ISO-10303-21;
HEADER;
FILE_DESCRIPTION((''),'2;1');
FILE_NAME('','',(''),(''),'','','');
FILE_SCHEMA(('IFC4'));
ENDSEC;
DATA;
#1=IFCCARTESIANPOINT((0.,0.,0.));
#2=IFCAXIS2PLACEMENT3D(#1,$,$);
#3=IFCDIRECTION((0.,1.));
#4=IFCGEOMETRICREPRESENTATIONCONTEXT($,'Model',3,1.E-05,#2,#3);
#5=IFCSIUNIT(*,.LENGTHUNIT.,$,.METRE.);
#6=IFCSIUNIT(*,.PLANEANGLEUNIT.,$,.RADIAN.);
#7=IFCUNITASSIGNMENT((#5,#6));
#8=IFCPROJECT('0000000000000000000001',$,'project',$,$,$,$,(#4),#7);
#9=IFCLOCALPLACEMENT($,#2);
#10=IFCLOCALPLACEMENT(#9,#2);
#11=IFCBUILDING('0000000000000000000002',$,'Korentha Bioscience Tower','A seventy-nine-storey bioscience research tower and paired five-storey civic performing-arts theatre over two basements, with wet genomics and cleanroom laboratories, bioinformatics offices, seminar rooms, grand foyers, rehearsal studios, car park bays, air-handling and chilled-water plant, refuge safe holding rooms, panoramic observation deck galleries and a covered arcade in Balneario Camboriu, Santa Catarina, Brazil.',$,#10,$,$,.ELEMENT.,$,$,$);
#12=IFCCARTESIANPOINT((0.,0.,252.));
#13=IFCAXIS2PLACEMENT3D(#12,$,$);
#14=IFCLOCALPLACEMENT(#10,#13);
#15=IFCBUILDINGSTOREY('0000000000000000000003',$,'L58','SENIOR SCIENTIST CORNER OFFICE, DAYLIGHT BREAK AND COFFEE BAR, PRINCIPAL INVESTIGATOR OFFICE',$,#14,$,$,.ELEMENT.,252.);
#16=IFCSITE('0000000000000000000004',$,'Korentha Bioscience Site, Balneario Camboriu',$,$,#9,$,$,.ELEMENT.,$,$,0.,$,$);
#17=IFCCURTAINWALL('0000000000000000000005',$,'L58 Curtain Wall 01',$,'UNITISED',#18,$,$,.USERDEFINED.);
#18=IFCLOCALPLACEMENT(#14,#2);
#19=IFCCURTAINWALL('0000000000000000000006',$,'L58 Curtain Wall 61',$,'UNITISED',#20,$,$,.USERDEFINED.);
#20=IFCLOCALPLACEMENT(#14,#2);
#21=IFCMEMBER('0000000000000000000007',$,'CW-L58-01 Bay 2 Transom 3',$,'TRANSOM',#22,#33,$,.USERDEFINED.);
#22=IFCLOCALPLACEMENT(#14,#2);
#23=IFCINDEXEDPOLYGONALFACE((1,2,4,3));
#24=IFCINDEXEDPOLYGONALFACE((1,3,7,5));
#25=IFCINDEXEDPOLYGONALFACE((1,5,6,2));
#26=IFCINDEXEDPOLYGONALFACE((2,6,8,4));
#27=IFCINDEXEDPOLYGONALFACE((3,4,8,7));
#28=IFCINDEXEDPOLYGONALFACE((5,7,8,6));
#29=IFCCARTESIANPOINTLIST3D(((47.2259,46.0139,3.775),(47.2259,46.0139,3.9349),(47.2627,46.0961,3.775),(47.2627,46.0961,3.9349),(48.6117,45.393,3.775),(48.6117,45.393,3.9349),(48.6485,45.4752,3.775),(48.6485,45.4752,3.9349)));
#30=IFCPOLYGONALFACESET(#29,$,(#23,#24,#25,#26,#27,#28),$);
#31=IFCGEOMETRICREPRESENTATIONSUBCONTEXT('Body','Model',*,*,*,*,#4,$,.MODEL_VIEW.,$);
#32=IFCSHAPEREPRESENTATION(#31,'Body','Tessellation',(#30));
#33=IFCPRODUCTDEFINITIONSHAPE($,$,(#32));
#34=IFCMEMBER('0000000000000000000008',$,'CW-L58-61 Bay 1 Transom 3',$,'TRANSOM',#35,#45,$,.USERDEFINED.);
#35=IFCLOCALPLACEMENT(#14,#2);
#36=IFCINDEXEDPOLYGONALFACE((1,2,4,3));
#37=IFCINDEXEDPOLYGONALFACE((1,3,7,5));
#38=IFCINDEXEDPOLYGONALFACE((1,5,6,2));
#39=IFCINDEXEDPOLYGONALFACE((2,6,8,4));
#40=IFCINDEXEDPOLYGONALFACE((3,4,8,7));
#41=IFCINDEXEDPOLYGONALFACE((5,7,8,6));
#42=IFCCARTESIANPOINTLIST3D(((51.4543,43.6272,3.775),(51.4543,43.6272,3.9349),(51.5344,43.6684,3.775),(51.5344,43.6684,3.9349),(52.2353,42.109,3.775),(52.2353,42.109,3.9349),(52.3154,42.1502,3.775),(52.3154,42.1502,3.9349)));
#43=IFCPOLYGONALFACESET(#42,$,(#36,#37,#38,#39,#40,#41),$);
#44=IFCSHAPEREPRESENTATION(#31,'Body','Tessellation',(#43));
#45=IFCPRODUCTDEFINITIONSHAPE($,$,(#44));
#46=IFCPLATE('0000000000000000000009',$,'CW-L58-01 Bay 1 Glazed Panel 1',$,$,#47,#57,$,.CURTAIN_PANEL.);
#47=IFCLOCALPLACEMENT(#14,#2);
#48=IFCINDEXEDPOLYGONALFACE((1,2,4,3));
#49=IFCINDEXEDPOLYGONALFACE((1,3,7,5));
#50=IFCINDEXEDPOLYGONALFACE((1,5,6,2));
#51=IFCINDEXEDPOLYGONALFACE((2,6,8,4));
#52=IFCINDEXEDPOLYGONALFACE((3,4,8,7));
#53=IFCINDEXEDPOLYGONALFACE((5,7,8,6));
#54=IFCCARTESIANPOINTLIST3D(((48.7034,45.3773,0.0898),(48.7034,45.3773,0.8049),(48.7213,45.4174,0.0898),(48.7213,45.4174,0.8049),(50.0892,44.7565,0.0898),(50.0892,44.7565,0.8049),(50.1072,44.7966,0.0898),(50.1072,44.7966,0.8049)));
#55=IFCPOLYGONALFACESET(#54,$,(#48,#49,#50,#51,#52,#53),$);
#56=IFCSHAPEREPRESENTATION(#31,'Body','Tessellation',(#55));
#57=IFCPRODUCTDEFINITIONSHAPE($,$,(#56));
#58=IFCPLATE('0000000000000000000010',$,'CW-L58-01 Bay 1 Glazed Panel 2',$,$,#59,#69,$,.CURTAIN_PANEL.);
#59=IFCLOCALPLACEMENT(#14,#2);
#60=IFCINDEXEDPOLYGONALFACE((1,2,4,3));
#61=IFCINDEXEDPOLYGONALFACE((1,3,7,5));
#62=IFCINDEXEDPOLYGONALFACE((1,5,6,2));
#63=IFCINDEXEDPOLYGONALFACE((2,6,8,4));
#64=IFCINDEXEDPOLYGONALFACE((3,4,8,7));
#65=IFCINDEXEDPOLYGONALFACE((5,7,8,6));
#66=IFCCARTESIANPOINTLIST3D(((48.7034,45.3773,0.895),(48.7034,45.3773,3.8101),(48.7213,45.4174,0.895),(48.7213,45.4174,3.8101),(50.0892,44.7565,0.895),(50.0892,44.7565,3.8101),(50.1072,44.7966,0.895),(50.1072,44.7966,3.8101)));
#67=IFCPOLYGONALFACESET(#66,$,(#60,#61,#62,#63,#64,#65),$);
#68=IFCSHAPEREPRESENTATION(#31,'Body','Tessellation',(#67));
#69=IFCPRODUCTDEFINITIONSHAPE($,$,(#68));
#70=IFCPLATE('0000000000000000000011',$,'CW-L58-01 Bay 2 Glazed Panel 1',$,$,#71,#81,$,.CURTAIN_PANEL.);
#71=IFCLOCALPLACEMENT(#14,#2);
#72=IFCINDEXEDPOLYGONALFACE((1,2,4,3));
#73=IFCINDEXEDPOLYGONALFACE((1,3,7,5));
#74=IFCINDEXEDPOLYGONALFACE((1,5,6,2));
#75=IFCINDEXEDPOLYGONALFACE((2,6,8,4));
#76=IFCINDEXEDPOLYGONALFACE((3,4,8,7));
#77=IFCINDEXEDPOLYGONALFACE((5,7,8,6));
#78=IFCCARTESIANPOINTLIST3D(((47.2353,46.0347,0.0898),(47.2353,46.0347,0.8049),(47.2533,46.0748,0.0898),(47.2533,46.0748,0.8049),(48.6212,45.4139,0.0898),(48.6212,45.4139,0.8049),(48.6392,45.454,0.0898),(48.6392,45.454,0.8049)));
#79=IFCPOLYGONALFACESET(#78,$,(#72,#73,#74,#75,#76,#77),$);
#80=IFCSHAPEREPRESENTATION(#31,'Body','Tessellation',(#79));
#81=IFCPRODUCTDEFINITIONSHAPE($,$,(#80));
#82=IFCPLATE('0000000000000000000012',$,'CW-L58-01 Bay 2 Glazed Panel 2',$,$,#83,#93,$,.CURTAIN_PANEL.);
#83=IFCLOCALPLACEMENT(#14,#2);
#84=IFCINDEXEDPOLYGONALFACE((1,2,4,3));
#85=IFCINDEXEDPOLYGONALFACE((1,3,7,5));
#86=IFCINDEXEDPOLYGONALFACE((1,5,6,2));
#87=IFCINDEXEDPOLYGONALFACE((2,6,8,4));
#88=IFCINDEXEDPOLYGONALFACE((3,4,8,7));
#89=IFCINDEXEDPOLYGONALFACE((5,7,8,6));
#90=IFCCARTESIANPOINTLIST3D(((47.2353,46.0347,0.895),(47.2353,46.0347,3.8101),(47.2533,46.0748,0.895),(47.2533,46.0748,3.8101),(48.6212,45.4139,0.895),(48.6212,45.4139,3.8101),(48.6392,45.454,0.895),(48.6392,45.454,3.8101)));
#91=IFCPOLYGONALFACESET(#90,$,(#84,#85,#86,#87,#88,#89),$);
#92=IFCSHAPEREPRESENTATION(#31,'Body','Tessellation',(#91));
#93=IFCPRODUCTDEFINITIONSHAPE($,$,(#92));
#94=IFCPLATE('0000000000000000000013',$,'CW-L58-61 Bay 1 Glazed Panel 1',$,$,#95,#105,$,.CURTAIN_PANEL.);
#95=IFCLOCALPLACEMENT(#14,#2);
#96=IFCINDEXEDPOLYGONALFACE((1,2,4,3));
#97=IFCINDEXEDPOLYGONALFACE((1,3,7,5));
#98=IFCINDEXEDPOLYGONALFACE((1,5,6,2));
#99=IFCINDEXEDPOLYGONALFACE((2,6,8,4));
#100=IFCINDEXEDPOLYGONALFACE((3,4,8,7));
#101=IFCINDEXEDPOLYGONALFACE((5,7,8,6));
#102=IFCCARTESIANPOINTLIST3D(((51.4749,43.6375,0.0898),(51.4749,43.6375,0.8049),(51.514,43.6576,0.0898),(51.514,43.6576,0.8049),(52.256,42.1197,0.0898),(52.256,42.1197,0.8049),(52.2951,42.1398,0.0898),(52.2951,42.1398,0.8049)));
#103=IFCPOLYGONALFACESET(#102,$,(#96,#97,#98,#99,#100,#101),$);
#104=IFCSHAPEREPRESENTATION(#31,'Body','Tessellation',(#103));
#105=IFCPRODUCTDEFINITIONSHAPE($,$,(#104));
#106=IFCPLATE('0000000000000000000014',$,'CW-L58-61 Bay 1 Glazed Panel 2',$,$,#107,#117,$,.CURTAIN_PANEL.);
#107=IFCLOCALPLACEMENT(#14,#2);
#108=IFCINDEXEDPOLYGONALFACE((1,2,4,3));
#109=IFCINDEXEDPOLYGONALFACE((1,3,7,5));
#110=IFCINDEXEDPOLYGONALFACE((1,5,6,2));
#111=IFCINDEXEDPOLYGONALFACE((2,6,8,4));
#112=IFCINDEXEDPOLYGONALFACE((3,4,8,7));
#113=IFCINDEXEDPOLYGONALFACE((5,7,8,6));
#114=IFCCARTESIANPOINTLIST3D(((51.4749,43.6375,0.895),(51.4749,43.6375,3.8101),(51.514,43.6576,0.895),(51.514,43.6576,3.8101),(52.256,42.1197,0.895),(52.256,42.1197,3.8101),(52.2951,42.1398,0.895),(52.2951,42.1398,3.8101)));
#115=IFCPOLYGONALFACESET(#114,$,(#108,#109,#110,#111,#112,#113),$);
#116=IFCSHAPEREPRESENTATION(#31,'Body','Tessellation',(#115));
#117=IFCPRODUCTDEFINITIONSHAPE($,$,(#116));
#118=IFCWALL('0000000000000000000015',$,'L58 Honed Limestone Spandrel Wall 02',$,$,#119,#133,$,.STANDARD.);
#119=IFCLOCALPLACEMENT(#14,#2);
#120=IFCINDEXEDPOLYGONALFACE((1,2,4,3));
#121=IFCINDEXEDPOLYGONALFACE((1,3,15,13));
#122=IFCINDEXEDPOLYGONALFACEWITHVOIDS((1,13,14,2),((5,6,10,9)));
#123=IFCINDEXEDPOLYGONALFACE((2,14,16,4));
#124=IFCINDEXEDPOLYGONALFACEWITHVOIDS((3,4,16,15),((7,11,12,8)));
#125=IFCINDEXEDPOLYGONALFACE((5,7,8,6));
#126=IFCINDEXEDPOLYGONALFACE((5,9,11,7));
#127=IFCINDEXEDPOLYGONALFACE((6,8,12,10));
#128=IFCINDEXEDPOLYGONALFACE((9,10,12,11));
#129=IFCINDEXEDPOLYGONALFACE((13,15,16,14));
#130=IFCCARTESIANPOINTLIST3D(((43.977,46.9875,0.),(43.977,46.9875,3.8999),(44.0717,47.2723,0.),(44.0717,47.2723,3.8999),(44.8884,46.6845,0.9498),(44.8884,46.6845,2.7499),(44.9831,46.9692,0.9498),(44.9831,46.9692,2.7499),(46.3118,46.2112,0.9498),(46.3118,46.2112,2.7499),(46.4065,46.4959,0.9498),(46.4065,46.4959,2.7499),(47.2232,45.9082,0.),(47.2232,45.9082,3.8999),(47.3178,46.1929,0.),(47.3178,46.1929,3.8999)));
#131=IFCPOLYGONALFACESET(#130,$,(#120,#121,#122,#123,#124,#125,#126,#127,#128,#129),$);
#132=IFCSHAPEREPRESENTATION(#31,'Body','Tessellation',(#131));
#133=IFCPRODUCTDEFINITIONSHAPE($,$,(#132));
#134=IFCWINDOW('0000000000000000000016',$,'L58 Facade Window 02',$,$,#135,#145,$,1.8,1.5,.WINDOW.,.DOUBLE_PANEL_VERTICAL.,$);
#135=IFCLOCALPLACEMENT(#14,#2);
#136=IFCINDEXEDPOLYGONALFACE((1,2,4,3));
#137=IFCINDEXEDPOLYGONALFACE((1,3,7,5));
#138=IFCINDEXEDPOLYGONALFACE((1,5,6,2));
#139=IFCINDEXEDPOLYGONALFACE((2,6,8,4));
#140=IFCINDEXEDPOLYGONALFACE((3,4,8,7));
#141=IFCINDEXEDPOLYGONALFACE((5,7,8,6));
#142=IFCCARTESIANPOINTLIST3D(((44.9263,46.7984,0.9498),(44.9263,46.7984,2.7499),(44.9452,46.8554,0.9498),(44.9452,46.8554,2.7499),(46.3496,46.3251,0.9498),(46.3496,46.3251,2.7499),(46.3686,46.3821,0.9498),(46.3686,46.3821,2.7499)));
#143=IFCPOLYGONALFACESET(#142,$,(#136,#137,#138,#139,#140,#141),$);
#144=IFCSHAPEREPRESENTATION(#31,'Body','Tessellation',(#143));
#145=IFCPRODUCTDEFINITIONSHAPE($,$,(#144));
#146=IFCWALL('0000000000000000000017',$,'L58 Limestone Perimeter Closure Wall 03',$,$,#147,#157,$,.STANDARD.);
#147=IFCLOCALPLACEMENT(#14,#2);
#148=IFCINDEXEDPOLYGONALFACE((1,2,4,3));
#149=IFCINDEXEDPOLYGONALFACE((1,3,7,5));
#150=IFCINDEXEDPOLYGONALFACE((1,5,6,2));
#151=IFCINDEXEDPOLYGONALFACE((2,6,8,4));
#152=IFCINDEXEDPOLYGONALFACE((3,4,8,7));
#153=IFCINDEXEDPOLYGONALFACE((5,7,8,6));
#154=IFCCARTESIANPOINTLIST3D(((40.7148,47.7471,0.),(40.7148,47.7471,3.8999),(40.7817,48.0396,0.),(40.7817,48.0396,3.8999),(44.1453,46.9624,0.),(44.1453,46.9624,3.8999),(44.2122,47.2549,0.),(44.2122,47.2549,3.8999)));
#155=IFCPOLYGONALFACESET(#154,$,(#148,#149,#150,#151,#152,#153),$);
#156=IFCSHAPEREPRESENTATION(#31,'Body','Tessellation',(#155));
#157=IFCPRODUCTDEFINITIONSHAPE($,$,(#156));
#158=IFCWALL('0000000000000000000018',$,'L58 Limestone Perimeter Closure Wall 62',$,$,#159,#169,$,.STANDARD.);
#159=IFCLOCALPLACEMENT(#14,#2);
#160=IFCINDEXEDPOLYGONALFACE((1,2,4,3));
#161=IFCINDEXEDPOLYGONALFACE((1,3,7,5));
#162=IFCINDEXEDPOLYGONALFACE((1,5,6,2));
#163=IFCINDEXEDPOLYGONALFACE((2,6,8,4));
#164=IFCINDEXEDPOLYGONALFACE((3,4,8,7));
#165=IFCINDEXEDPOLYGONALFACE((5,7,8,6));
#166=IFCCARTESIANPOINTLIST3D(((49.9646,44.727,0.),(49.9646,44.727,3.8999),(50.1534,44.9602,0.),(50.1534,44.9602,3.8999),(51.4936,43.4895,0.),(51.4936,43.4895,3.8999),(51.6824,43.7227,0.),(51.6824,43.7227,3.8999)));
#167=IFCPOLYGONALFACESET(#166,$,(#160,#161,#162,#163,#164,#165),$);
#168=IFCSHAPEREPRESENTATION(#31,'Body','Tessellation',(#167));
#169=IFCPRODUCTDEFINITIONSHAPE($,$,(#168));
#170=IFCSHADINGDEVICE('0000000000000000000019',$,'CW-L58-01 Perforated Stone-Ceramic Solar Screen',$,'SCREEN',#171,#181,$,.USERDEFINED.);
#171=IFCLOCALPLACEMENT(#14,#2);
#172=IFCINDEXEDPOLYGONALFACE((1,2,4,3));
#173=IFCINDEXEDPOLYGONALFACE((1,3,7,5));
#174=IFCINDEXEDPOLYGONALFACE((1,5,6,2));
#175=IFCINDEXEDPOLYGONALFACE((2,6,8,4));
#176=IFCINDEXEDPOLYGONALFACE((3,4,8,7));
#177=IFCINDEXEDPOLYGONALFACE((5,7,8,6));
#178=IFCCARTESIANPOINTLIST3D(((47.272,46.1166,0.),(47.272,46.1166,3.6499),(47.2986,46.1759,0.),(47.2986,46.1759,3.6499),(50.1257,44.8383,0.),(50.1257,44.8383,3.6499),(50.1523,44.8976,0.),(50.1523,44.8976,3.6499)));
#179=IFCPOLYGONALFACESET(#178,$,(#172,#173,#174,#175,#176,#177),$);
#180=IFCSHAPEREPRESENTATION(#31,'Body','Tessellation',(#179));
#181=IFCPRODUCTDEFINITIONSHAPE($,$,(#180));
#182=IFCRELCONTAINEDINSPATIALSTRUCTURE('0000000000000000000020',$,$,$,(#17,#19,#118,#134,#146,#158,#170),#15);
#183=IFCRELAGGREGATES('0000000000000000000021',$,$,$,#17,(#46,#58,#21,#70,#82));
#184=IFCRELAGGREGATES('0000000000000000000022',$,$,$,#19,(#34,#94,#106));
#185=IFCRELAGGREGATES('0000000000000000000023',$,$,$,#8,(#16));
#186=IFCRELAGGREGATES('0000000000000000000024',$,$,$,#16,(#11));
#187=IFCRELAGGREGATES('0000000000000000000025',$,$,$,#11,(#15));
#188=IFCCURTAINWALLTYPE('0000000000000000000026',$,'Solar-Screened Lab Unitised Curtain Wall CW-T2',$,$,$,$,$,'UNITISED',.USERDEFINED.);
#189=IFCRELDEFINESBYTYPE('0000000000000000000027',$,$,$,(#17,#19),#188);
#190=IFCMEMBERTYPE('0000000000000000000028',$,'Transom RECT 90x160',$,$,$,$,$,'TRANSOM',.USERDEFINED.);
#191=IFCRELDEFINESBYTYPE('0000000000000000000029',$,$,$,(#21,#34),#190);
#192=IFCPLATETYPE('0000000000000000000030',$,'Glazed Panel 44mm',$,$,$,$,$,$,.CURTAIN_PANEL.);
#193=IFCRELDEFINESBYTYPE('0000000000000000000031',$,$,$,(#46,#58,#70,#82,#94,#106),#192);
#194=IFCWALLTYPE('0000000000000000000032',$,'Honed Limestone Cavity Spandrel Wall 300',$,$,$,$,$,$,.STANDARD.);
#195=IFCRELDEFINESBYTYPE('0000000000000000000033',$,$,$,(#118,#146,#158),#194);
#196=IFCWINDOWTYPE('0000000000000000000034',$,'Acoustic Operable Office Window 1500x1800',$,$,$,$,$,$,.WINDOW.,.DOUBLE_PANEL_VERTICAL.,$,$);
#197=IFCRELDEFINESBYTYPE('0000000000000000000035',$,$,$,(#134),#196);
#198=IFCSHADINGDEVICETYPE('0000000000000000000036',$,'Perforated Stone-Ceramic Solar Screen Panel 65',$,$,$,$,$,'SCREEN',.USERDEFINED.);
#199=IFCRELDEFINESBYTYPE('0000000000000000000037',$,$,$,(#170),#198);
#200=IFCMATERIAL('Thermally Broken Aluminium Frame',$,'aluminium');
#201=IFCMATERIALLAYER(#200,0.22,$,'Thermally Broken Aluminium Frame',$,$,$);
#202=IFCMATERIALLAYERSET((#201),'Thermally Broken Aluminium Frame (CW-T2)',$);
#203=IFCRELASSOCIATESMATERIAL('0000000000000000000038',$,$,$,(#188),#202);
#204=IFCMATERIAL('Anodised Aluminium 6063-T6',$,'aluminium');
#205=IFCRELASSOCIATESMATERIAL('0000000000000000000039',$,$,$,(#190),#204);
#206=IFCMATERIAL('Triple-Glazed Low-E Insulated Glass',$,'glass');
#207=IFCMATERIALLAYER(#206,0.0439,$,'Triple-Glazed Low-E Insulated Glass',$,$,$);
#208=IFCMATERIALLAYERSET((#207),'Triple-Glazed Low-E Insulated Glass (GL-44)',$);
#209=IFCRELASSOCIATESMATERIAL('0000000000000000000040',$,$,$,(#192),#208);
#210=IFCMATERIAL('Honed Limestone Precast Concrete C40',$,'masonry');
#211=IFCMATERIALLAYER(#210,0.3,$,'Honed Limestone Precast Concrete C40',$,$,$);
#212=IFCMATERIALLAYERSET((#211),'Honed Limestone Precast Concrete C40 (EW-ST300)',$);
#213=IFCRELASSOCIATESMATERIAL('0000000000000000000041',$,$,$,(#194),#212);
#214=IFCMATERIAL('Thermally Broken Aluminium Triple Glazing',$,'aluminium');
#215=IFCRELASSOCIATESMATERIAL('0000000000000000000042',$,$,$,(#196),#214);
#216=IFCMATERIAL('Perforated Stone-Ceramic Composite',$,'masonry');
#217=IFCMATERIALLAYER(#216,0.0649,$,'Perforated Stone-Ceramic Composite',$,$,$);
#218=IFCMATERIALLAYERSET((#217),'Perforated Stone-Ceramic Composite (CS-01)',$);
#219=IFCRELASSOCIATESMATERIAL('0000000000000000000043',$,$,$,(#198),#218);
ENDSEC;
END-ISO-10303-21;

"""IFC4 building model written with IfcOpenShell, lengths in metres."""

from ifc_helpers import new_model, si_unit, direction, frame, frame_2d, origin, origin_2d, place, context, subcontext, project, spatial, rectangle, extrude, material, layer, layer_set, material_profile, profile_set, type_object, element, fill, aggregate, save


model = new_model("IFC4")

# Units and contexts
model_context = context("Model", 3, precision=1e-05, world=origin(), true_north=direction((0.0, 1.0)))
body_context = subcontext(model_context, "Body", "Model", "MODEL_VIEW")
ifc_project = project(units=[si_unit("LENGTHUNIT", "METRE"), si_unit("PLANEANGLEUNIT", "RADIAN")], contexts=[model_context])

# Site, building, storey
site_placement = place(None, origin())
site = spatial("IfcSite", under=ifc_project, at=site_placement, Name="Korentha Bioscience Site, Balneario Camboriu", CompositionType="ELEMENT", RefElevation=0.0)
building_placement = place(site_placement, origin())
building = spatial("IfcBuilding", under=site, at=building_placement, Name="Korentha Bioscience Tower", Description="A seventy-nine-storey bioscience research tower and paired five-storey civic performing-arts theatre over two basements, with wet genomics and cleanroom laboratories, bioinformatics offices, seminar rooms, grand foyers, rehearsal studios, car park bays, air-handling and chilled-water plant, refuge safe holding rooms, panoramic observation deck galleries and a covered arcade in Balneario Camboriu, Santa Catarina, Brazil.", CompositionType="ELEMENT")
storey_placement = place(building_placement, frame((0.0, 0.0, 252.0)))
storey = spatial("IfcBuildingStorey", under=building, at=storey_placement, Name="L58", Description="SENIOR SCIENTIST CORNER OFFICE, DAYLIGHT BREAK AND COFFEE BAR, PRINCIPAL INVESTIGATOR OFFICE", CompositionType="ELEMENT", Elevation=252.0)

# Curtain wall
ifc_material_1 = material(Name="Thermally Broken Aluminium Frame", Category="aluminium")
ifc_layer_1 = layer(ifc_material_1, 0.22, Name="Thermally Broken Aluminium Frame")
ifc_layer_set_1 = layer_set([ifc_layer_1], Name="Thermally Broken Aluminium Frame (CW-T2)")
curtain_wall_type = type_object("IfcCurtainWallType", Name="Solar-Screened Lab Unitised Curtain Wall CW-T2", ElementType="UNITISED", PredefinedType="USERDEFINED", material=ifc_layer_set_1)
curtain_wall_1_placement = place(storey_placement, origin())
curtain_wall_1 = element("IfcCurtainWall", 1, at=curtain_wall_1_placement, inside=storey, type_object=curtain_wall_type, Name="L58 Curtain Wall 01", ObjectType="UNITISED", PredefinedType="USERDEFINED")
ifc_material_2 = material(Name="Anodised Aluminium 6063-T6", Category="aluminium")

# Curtain wall
curtain_wall_2_placement = place(storey_placement, origin())
curtain_wall_2 = element("IfcCurtainWall", 2, at=curtain_wall_2_placement, inside=storey, type_object=curtain_wall_type, Name="L58 Curtain Wall 61", ObjectType="UNITISED", PredefinedType="USERDEFINED")

# Members
ifc_material_profile_1 = material_profile(ifc_material_2, rectangle(XDim=0.0901, YDim=0.1599, at=origin_2d()), Name="Anodised Aluminium 6063-T6")
ifc_profile_set_1 = profile_set([ifc_material_profile_1], Name="Anodised Aluminium 6063-T6 (CW-TRN)")
member_type_1 = type_object("IfcMemberType", Name="Transom RECT 90x160", ElementType="TRANSOM", PredefinedType="USERDEFINED", material=ifc_profile_set_1)
member_1_placement = place(storey_placement, frame((48.6301, 45.4341, 3.855), z_axis=(-0.912594, 0.408867, 0.0), x_axis=(-0.408867, -0.912594, 0.0)))
member_1 = element("IfcMember", 3, at=member_1_placement, type_object=member_type_1, Name="CW-L58-01 Bay 2 Transom 3", ObjectType="TRANSOM", PredefinedType="USERDEFINED", context=body_context, shape_type="SweptSolid", body=[
    extrude(rectangle(XDim=0.0901, YDim=0.1599, at=origin_2d()), origin(), (0.0, 0.0, 1.0), 1.5186),
])
member_2_placement = place(storey_placement, frame((52.2754, 42.1296, 3.855), z_axis=(-0.45748, 0.88922, 0.0), x_axis=(-0.88922, -0.45748, 0.0)))
member_2 = element("IfcMember", 4, at=member_2_placement, type_object=member_type_1, Name="CW-L58-61 Bay 1 Transom 3", ObjectType="TRANSOM", PredefinedType="USERDEFINED", context=body_context, shape_type="SweptSolid", body=[
    extrude(rectangle(XDim=0.0901, YDim=0.1599, at=origin_2d()), origin(), (0.0, 0.0, 1.0), 1.7073),
])

# Plates
ifc_material_3 = material(Name="Triple-Glazed Low-E Insulated Glass", Category="glass")
ifc_layer_2 = layer(ifc_material_3, 0.0439, Name="Triple-Glazed Low-E Insulated Glass")
ifc_layer_set_2 = layer_set([ifc_layer_2], Name="Triple-Glazed Low-E Insulated Glass (GL-44)")
plate_type = type_object("IfcPlateType", Name="Glazed Panel 44mm", PredefinedType="CURTAIN_PANEL", material=ifc_layer_set_2)
plate_1_placement = place(storey_placement, frame((49.4053, 45.0869, 0.0898), z_axis=(0.0, 0.0, 1.0), x_axis=(-0.912622, 0.408805, 0.0)))
plate_1 = element("IfcPlate", 5, at=plate_1_placement, type_object=plate_type, Name="CW-L58-01 Bay 1 Glazed Panel 1", PredefinedType="CURTAIN_PANEL", context=body_context, shape_type="SweptSolid", body=[
    extrude(rectangle(XDim=1.5186, YDim=0.0439, at=origin_2d()), origin(), (0.0, 0.0, 1.0), 0.7151),
])
plate_2_placement = place(storey_placement, frame((49.4053, 45.0869, 0.895), z_axis=(0.0, 0.0, 1.0), x_axis=(-0.912622, 0.408805, 0.0)))
plate_2 = element("IfcPlate", 6, at=plate_2_placement, type_object=plate_type, Name="CW-L58-01 Bay 1 Glazed Panel 2", PredefinedType="CURTAIN_PANEL", context=body_context, shape_type="SweptSolid", body=[
    extrude(rectangle(XDim=1.5186, YDim=0.0439, at=origin_2d()), origin(), (0.0, 0.0, 1.0), 2.915),
])
plate_3_placement = place(storey_placement, frame((47.9373, 45.7444, 0.0898), z_axis=(0.0, 0.0, 1.0), x_axis=(-0.912622, 0.408805, 0.0)))
plate_3 = element("IfcPlate", 7, at=plate_3_placement, type_object=plate_type, Name="CW-L58-01 Bay 2 Glazed Panel 1", PredefinedType="CURTAIN_PANEL", context=body_context, shape_type="SweptSolid", body=[
    extrude(rectangle(XDim=1.5186, YDim=0.0439, at=origin_2d()), origin(), (0.0, 0.0, 1.0), 0.7151),
])
plate_4_placement = place(storey_placement, frame((47.9373, 45.7444, 0.895), z_axis=(0.0, 0.0, 1.0), x_axis=(-0.912622, 0.408805, 0.0)))
plate_4 = element("IfcPlate", 8, at=plate_4_placement, type_object=plate_type, Name="CW-L58-01 Bay 2 Glazed Panel 2", PredefinedType="CURTAIN_PANEL", context=body_context, shape_type="SweptSolid", body=[
    extrude(rectangle(XDim=1.5186, YDim=0.0439, at=origin_2d()), origin(), (0.0, 0.0, 1.0), 2.915),
])
aggregate(curtain_wall_1, [plate_1, plate_2, member_1, plate_3, plate_4])
plate_5_placement = place(storey_placement, frame((51.885, 42.8887, 0.0898), z_axis=(0.0, 0.0, 1.0), x_axis=(-0.45757, 0.889174, 0.0)))
plate_5 = element("IfcPlate", 9, at=plate_5_placement, type_object=plate_type, Name="CW-L58-61 Bay 1 Glazed Panel 1", PredefinedType="CURTAIN_PANEL", context=body_context, shape_type="SweptSolid", body=[
    extrude(rectangle(XDim=1.707, YDim=0.0439, at=origin_2d()), origin(), (0.0, 0.0, 1.0), 0.7151),
])
plate_6_placement = place(storey_placement, frame((51.885, 42.8887, 0.895), z_axis=(0.0, 0.0, 1.0), x_axis=(-0.45757, 0.889174, 0.0)))
plate_6 = element("IfcPlate", 10, at=plate_6_placement, type_object=plate_type, Name="CW-L58-61 Bay 1 Glazed Panel 2", PredefinedType="CURTAIN_PANEL", context=body_context, shape_type="SweptSolid", body=[
    extrude(rectangle(XDim=1.707, YDim=0.0439, at=origin_2d()), origin(), (0.0, 0.0, 1.0), 2.915),
])
aggregate(curtain_wall_2, [member_2, plate_5, plate_6])

# Wall, opening, window
ifc_material_4 = material(Name="Honed Limestone Precast Concrete C40", Category="masonry")
ifc_layer_3 = layer(ifc_material_4, 0.3, Name="Honed Limestone Precast Concrete C40")
ifc_layer_set_3 = layer_set([ifc_layer_3], Name="Honed Limestone Precast Concrete C40 (EW-ST300)")
wall_type = type_object("IfcWallType", Name="Honed Limestone Cavity Spandrel Wall 300", PredefinedType="STANDARD", material=ifc_layer_set_3)
wall_1_placement = place(storey_placement, frame((47.2705, 46.0505, 0.0), z_axis=(0.0, 0.0, 1.0), x_axis=(-0.948919, 0.315521, 0.0)))
wall_1 = element("IfcWall", 11, at=wall_1_placement, inside=storey, type_object=wall_type, Name="L58 Honed Limestone Spandrel Wall 02", PredefinedType="STANDARD", context=body_context, shape_type="SweptSolid", body=[
    extrude(rectangle(XDim=3.4209, YDim=0.3, at=frame_2d((1.7104, 0.0))), origin(), (0.0, 0.0, 1.0), 3.8999),
])
opening_placement = place(wall_1_placement, frame((0.9604, 0.0, 0.95)))
opening = element("IfcOpeningElement", 12, at=opening_placement, cuts=wall_1, PredefinedType="OPENING", context=body_context, shape_type="SweptSolid", body=[
    extrude(rectangle(XDim=1.5, YDim=1.8, at=frame_2d((0.75, 0.8999))), frame((0.0, 0.165, 0.0), z_axis=(0.0, -1.0, 0.0), x_axis=(1.0, 0.0, 0.0)), (0.0, 0.0, 1.0), 0.3298),
])
ifc_material_5 = material(Name="Thermally Broken Aluminium Triple Glazing", Category="aluminium")
window_type = type_object("IfcWindowType", Name="Acoustic Operable Office Window 1500x1800", PartitioningType="DOUBLE_PANEL_VERTICAL", PredefinedType="WINDOW", material=ifc_material_5)
window_placement = place(opening_placement, origin())
window = element("IfcWindow", 13, at=window_placement, inside=storey, type_object=window_type, Name="L58 Facade Window 02", OverallHeight=1.8, OverallWidth=1.5, PartitioningType="DOUBLE_PANEL_VERTICAL", PredefinedType="WINDOW", context=body_context, shape_type="SweptSolid", body=[
    extrude(rectangle(XDim=1.5, YDim=1.8, at=frame_2d((0.75, 0.8999))), frame((0.0, 0.03, 0.0), z_axis=(0.0, -1.0, 0.0), x_axis=(1.0, 0.0, 0.0)), (0.0, 0.0, 1.0), 0.0601),
])
fill(opening, window)

# Walls
wall_2_placement = place(storey_placement, frame((44.1787, 47.1086, 0.0), z_axis=(0.0, 0.0, 1.0), x_axis=(-0.974823, 0.222979, 0.0)))
element("IfcWall", 14, at=wall_2_placement, inside=storey, type_object=wall_type, Name="L58 Limestone Perimeter Closure Wall 03", PredefinedType="STANDARD", context=body_context, shape_type="SweptSolid", body=[
    extrude(rectangle(XDim=3.519, YDim=0.3, at=frame_2d((1.7595, 0.0))), origin(), (0.0, 0.0, 1.0), 3.8999),
])
wall_3_placement = place(storey_placement, frame((51.5879, 43.6062, 0.0), z_axis=(0.0, 0.0, 1.0), x_axis=(-0.777308, 0.62912, 0.0)))
element("IfcWall", 15, at=wall_3_placement, inside=storey, type_object=wall_type, Name="L58 Limestone Perimeter Closure Wall 62", PredefinedType="STANDARD", context=body_context, shape_type="SweptSolid", body=[
    extrude(rectangle(XDim=1.967, YDim=0.3, at=frame_2d((0.9834, 0.0))), origin(), (0.0, 0.0, 1.0), 3.8999),
])

# Shading device
ifc_material_6 = material(Name="Perforated Stone-Ceramic Composite", Category="masonry")
ifc_layer_4 = layer(ifc_material_6, 0.0649, Name="Perforated Stone-Ceramic Composite")
ifc_layer_set_4 = layer_set([ifc_layer_4], Name="Perforated Stone-Ceramic Composite (CS-01)")
shading_device_type_1 = type_object("IfcShadingDeviceType", Name="Perforated Stone-Ceramic Solar Screen Panel 65", ElementType="SCREEN", PredefinedType="USERDEFINED", material=ifc_layer_set_4)
shading_device_1_placement = place(storey_placement, frame((48.7122, 45.5071, 0.0), z_axis=(0.0, 0.0, 1.0), x_axis=(-0.912622, 0.408805, 0.0)))
element("IfcShadingDevice", 16, at=shading_device_1_placement, inside=storey, type_object=shading_device_type_1, Name="CW-L58-01 Perforated Stone-Ceramic Solar Screen", ObjectType="SCREEN", PredefinedType="USERDEFINED", context=body_context, shape_type="SweptSolid", body=[
    extrude(rectangle(XDim=3.127, YDim=0.0649, at=origin_2d()), origin(), (0.0, 0.0, 1.0), 3.6499),
])

save(model, "model.ifc")
